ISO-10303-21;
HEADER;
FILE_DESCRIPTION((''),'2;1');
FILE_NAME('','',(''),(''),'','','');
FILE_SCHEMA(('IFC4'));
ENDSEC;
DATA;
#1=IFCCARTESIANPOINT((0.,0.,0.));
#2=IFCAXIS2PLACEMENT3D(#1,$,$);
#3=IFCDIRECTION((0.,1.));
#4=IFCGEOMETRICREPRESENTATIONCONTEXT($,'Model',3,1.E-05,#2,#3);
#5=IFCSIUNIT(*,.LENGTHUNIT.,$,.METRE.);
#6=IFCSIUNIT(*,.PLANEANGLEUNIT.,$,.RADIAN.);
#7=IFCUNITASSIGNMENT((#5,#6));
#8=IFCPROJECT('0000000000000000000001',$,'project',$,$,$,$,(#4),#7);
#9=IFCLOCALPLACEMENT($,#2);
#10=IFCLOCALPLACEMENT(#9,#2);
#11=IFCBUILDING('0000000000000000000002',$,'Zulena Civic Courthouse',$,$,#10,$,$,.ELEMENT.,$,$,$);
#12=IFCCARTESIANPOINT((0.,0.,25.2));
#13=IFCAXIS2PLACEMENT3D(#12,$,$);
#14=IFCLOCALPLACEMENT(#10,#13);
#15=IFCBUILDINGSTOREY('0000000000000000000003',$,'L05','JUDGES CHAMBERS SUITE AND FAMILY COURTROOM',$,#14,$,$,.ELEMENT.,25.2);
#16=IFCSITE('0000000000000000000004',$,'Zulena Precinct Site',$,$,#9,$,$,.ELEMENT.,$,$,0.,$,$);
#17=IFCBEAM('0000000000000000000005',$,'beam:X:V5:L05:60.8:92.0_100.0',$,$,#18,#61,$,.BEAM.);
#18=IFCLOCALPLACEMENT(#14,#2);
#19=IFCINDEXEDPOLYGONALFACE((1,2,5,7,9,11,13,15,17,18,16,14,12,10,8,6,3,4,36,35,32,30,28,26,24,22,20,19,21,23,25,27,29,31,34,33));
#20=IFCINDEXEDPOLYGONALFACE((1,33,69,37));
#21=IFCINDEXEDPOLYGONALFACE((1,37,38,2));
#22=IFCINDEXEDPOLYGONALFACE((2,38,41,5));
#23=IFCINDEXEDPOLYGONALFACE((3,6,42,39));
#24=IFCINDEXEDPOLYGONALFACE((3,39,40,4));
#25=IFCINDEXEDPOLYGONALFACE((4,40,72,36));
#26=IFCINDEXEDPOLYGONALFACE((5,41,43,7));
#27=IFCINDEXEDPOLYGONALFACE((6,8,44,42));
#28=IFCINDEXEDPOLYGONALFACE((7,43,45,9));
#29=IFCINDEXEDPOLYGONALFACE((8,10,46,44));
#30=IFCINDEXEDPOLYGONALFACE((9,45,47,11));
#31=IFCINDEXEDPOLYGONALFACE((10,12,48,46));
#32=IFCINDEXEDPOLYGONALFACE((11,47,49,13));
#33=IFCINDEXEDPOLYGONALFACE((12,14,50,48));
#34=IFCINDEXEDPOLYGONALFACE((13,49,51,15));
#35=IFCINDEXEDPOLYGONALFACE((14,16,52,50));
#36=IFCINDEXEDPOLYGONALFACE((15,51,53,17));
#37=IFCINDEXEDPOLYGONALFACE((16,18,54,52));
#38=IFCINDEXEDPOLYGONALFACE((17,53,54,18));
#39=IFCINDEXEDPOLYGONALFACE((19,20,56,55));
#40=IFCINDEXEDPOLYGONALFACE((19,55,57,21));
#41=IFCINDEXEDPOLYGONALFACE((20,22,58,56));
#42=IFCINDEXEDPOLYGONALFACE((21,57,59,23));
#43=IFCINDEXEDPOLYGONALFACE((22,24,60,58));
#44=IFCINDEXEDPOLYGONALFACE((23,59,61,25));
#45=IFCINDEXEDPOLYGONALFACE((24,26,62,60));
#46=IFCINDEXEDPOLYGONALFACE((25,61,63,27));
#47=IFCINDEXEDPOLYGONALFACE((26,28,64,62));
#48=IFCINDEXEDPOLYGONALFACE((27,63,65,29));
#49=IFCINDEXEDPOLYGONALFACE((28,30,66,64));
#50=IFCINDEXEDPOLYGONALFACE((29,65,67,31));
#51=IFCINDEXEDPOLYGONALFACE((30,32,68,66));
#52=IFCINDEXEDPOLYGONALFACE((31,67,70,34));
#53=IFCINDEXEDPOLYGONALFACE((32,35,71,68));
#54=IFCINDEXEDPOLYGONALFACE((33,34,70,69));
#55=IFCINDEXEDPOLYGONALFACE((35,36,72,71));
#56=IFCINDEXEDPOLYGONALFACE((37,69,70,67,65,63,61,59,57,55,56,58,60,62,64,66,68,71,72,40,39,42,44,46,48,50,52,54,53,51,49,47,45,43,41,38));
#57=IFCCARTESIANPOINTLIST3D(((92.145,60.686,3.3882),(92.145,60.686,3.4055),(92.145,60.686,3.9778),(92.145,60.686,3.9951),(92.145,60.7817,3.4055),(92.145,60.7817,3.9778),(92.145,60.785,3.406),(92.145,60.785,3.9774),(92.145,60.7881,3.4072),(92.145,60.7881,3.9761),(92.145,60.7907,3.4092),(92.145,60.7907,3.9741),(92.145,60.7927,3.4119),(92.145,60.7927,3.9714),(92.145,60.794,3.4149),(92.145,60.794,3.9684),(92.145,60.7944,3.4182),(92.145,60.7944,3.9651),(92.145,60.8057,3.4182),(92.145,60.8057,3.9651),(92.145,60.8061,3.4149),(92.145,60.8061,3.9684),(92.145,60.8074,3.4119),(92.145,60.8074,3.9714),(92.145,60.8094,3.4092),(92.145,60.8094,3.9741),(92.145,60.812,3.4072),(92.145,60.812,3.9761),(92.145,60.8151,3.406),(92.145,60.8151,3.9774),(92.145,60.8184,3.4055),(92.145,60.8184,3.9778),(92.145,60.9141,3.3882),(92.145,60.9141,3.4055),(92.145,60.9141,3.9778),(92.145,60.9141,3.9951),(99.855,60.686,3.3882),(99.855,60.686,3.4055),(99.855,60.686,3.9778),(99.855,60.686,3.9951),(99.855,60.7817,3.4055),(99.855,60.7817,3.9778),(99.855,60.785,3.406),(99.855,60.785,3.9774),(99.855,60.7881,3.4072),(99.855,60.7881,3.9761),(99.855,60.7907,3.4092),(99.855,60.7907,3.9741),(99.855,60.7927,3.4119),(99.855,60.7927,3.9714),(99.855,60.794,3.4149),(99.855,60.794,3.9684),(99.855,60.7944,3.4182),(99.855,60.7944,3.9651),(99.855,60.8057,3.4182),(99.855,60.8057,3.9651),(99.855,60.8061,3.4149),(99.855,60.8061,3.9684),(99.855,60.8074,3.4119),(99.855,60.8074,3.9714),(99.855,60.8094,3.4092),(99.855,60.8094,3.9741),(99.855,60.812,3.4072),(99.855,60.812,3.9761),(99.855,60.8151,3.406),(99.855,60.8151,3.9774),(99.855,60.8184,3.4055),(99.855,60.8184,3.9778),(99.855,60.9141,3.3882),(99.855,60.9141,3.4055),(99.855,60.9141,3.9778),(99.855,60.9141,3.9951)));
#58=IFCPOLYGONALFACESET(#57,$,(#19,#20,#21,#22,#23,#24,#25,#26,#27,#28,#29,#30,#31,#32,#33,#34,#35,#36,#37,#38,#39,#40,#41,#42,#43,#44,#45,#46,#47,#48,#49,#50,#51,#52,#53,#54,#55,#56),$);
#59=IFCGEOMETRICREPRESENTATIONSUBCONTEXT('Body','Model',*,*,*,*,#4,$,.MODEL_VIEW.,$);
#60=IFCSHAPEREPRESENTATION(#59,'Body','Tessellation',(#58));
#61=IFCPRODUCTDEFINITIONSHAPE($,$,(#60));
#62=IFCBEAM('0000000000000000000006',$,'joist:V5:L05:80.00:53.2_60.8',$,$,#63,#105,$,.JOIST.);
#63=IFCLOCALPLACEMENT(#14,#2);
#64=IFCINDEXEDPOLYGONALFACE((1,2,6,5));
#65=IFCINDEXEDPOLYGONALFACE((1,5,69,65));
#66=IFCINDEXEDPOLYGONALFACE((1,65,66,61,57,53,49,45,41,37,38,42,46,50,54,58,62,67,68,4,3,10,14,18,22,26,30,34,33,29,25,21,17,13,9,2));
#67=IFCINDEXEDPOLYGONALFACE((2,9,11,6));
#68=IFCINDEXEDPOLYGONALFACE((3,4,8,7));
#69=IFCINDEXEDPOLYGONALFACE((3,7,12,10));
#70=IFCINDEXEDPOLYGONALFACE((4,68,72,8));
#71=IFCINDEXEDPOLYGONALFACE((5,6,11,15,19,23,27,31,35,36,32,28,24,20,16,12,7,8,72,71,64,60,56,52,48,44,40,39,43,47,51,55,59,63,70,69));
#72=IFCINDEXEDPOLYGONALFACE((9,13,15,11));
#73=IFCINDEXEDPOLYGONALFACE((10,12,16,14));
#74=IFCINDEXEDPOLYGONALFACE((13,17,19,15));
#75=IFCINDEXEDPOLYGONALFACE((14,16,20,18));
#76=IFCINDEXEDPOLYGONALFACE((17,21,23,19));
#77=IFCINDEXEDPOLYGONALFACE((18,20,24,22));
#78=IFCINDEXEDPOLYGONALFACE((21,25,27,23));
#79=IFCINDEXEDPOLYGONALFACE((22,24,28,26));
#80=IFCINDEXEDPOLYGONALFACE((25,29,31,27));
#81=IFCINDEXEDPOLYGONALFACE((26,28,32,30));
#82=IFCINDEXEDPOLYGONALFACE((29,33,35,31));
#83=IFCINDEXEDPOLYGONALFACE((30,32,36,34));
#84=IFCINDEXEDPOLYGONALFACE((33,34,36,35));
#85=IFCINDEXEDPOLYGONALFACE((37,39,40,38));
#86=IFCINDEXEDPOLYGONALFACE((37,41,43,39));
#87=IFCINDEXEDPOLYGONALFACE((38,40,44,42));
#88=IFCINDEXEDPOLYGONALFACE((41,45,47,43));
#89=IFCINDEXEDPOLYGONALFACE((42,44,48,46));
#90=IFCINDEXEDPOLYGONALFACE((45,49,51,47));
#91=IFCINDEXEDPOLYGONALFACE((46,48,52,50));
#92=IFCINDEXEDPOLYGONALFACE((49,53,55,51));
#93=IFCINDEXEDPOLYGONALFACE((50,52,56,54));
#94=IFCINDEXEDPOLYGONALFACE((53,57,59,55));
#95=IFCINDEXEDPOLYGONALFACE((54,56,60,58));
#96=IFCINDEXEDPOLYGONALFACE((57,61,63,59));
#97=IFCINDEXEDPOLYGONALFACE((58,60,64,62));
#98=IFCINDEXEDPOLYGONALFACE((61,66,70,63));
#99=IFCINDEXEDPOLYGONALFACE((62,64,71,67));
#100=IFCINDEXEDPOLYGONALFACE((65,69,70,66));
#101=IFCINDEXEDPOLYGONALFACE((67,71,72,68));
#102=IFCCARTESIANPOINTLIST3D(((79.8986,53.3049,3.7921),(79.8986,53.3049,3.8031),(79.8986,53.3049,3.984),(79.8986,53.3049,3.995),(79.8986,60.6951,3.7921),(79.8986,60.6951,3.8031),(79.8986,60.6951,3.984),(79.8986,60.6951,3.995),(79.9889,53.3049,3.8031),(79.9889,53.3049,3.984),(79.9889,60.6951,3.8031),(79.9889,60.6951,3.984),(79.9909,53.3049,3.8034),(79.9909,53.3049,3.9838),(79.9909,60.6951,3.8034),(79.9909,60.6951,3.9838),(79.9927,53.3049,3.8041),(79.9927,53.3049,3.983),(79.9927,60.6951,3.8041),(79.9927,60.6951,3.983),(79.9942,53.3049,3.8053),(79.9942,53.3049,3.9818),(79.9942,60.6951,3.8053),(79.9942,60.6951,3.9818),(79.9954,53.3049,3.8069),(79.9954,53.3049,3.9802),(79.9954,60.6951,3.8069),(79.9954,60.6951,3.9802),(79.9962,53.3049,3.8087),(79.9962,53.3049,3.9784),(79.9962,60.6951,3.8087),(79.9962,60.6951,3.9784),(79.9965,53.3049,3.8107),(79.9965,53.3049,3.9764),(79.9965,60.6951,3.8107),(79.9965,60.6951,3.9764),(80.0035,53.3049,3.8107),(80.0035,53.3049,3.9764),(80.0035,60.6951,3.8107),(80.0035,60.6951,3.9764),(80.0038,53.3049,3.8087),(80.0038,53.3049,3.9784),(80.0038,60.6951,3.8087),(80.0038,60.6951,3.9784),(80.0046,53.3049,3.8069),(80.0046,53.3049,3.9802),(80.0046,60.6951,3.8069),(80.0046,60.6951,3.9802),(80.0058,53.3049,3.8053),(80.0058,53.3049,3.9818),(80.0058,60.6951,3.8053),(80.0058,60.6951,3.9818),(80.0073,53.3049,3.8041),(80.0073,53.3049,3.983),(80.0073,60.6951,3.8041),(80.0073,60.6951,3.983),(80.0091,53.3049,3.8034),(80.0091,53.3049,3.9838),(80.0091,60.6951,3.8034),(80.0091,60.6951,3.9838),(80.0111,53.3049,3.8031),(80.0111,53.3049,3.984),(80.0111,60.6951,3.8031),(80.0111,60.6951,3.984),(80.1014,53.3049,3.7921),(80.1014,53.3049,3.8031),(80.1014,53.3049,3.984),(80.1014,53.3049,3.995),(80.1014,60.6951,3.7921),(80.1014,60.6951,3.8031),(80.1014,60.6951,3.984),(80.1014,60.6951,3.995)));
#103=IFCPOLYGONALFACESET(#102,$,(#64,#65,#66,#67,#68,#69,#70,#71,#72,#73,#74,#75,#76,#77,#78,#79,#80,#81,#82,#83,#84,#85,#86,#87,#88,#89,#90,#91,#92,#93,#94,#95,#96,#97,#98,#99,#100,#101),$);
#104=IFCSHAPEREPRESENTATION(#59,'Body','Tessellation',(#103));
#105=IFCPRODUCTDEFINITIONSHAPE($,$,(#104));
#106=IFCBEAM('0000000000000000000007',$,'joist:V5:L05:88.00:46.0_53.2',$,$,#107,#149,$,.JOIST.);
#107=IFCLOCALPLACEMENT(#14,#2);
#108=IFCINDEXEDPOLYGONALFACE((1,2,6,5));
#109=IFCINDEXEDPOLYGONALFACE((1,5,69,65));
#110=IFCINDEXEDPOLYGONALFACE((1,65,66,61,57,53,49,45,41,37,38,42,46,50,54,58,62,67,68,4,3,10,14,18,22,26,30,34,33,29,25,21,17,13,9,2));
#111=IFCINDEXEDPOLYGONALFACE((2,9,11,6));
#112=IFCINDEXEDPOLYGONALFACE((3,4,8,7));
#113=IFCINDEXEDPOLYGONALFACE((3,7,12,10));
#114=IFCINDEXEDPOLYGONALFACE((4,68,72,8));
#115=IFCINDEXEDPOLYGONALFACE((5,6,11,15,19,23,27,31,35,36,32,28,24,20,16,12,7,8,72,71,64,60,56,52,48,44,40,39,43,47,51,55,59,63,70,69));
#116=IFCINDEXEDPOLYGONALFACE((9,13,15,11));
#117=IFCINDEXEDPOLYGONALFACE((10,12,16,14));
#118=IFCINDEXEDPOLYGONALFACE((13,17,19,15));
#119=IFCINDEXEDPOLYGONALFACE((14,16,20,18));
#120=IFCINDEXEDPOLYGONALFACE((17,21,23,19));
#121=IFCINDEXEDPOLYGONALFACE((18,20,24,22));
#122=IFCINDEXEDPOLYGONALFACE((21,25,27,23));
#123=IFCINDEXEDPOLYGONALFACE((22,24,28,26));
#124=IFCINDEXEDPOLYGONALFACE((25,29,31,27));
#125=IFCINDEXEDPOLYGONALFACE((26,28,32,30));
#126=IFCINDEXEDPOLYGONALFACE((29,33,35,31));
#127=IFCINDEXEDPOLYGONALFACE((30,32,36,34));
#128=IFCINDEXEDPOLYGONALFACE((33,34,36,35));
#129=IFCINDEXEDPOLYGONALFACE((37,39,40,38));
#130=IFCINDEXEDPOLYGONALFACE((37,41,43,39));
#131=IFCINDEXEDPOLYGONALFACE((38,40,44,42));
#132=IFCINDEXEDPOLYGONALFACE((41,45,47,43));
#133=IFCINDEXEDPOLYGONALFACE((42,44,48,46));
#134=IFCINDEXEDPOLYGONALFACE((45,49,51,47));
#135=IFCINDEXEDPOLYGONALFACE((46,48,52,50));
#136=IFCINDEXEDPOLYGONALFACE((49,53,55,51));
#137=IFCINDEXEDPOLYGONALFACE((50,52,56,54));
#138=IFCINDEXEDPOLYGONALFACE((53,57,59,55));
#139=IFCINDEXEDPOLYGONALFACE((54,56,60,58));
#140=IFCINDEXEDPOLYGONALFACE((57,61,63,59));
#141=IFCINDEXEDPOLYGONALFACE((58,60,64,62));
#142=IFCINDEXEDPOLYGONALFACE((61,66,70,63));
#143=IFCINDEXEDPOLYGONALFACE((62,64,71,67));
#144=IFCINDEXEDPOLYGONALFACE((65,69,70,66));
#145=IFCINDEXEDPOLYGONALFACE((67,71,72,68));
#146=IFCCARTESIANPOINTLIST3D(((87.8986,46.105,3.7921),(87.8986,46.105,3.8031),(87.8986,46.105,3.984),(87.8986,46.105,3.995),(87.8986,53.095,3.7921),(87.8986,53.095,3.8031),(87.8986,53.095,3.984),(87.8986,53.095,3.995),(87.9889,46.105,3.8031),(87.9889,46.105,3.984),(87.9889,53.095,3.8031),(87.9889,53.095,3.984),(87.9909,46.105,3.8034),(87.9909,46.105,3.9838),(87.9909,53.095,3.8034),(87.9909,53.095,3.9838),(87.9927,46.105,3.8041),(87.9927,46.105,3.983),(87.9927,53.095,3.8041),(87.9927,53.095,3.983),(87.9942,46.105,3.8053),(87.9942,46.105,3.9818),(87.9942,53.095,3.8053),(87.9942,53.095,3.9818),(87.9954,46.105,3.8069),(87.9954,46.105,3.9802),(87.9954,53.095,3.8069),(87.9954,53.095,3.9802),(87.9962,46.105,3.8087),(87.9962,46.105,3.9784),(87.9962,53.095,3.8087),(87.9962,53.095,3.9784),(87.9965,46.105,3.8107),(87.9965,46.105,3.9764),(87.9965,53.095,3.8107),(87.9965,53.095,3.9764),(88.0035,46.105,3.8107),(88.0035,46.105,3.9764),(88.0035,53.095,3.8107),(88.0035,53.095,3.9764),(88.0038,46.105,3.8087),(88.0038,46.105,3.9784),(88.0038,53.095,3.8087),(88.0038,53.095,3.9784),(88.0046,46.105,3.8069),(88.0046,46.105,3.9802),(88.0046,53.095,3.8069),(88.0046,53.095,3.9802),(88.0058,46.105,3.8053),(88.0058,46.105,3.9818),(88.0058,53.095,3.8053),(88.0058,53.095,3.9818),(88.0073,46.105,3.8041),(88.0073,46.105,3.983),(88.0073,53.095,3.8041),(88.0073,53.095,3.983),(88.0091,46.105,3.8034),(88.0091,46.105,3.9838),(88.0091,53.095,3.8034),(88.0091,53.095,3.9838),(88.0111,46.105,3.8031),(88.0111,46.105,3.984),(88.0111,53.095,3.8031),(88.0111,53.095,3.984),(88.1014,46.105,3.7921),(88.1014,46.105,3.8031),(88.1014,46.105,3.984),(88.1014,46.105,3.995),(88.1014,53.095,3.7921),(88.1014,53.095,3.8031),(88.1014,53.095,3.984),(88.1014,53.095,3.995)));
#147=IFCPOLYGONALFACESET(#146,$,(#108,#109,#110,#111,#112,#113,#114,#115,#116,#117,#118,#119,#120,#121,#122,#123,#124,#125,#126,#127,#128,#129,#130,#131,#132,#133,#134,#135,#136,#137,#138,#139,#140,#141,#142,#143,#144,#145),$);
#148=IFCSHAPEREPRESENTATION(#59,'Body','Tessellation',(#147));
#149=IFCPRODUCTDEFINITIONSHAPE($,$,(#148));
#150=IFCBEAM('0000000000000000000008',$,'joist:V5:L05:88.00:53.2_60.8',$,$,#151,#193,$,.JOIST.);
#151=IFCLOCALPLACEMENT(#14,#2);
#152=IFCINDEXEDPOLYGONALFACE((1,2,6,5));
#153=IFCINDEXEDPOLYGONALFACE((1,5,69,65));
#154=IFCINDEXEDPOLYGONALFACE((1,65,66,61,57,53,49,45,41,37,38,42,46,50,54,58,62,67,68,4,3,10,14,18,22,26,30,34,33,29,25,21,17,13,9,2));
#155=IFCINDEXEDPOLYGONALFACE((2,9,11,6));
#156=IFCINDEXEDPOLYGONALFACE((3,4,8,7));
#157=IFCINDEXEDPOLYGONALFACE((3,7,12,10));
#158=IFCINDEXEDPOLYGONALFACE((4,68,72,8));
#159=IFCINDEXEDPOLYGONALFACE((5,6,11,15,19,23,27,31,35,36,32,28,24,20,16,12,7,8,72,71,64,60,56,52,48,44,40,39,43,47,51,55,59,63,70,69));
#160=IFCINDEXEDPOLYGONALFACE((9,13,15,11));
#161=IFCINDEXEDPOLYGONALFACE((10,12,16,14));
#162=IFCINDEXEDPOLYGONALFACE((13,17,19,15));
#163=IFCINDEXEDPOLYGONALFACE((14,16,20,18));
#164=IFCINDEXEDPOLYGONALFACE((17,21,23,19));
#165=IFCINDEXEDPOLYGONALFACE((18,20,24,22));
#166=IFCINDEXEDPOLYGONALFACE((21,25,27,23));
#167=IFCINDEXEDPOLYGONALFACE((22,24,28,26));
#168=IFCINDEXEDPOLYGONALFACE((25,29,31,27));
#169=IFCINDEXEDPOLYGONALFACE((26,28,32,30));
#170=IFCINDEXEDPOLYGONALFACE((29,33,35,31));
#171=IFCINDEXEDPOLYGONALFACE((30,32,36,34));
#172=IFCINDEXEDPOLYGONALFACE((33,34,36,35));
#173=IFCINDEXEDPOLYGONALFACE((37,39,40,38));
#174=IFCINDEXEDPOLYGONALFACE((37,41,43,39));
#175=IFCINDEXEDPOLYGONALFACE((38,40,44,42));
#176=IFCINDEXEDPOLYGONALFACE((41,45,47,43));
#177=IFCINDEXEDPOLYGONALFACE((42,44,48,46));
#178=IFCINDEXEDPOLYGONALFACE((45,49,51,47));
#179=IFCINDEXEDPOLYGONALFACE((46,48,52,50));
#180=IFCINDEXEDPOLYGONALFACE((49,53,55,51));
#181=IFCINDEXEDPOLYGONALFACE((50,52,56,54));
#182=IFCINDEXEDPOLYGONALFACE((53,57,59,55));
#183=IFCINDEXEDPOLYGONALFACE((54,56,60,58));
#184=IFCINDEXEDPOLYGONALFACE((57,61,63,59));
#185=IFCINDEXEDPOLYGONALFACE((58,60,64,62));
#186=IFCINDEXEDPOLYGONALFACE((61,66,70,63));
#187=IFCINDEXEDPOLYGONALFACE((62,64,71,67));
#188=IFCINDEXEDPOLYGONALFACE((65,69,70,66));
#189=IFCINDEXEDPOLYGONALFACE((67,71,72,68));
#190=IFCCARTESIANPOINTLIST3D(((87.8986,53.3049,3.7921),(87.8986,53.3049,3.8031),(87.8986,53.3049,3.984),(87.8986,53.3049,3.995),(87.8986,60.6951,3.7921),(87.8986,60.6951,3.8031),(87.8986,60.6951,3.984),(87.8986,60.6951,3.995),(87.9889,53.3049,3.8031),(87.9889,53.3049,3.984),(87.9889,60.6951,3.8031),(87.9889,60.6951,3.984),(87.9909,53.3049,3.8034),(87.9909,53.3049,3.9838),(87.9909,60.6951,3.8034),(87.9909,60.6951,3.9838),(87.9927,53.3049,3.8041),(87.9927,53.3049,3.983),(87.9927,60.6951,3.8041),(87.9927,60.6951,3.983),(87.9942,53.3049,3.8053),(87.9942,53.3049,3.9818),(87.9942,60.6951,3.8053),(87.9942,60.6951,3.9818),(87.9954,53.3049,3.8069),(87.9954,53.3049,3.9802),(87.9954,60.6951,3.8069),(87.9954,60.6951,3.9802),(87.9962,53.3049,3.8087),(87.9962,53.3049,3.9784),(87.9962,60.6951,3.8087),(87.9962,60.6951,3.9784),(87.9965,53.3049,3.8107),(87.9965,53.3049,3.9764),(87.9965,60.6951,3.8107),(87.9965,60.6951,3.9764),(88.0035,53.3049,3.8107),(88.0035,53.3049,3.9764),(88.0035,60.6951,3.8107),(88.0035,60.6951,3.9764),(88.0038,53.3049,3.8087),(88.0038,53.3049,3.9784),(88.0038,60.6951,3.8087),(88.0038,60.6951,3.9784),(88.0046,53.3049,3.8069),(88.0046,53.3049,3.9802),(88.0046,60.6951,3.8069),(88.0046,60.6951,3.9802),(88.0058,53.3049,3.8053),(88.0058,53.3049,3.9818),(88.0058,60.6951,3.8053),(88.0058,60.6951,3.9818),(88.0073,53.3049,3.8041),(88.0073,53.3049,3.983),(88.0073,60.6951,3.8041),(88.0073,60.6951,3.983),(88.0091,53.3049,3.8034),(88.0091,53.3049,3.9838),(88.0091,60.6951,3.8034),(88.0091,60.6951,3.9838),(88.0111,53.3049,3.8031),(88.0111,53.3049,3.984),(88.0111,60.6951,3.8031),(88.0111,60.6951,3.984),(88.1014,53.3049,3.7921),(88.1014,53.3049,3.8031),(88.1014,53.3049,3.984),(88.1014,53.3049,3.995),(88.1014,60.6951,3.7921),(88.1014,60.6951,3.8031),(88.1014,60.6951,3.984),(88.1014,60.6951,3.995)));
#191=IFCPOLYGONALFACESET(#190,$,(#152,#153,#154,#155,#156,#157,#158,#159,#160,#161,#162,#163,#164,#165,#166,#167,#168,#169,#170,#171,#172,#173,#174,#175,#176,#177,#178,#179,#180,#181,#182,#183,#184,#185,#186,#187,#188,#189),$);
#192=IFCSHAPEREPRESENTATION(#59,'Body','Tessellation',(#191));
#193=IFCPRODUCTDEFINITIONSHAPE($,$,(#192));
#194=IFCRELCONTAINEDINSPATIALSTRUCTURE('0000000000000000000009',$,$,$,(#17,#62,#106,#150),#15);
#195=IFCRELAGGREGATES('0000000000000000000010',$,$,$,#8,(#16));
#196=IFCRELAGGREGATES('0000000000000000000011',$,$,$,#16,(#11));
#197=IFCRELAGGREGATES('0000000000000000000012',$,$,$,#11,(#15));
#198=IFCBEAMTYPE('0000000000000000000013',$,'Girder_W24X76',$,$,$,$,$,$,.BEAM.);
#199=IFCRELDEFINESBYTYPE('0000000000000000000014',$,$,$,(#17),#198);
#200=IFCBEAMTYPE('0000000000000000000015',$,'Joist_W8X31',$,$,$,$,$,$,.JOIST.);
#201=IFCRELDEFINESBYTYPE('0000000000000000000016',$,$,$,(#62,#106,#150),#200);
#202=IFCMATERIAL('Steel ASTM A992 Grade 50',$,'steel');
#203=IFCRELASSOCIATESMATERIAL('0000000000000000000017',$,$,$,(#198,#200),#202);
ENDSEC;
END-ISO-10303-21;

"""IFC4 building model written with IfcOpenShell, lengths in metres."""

from ifc_helpers import new_model, si_unit, direction, frame, origin, origin_2d, place, context, subcontext, project, spatial, i_section, extrude, material, material_profile, profile_set, type_object, element, save


model = new_model("IFC4")

# Units and contexts
model_context = context("Model", 3, precision=1e-05, world=origin(), true_north=direction((0.0, 1.0)))
body_context = subcontext(model_context, "Body", "Model", "MODEL_VIEW")
ifc_project = project(units=[si_unit("LENGTHUNIT", "METRE"), si_unit("PLANEANGLEUNIT", "RADIAN")], contexts=[model_context])

# Site, building, storey
site_placement = place(None, origin())
site = spatial("IfcSite", under=ifc_project, at=site_placement, Name="Zulena Precinct Site", CompositionType="ELEMENT", RefElevation=0.0)
building_placement = place(site_placement, origin())
building = spatial("IfcBuilding", under=site, at=building_placement, Name="Zulena Civic Courthouse", CompositionType="ELEMENT")
storey_placement = place(building_placement, frame((0.0, 0.0, 25.2)))
storey = spatial("IfcBuildingStorey", under=building, at=storey_placement, Name="L05", Description="JUDGES CHAMBERS SUITE AND FAMILY COURTROOM", CompositionType="ELEMENT", Elevation=25.2)

# Shared definitions
ifc_material_1 = material(Name="Steel ASTM A992 Grade 50", Category="steel")

# Beams
ifc_material_profile_1 = material_profile(ifc_material_1, i_section(OverallWidth=0.228, OverallDepth=0.6069, WebThickness=0.0112, FlangeThickness=0.0173, FilletRadius=0.0127, at=origin_2d()), Name="W24X76")
ifc_profile_set_1 = profile_set([ifc_material_profile_1], Name="Steel ASTM A992 Grade 50")
beam_type_1 = type_object("IfcBeamType", Name="Girder_W24X76", PredefinedType="BEAM", material=ifc_profile_set_1)
for number, where, z_axis, x_axis, name in (
    (1, (92.145, 60.8, 3.6917), (1.0, 0.0, 0.0), (0.0, 1.0, 0.0), "beam:X:V5:L05:60.8:92.0_100.0"),
):
    element("IfcBeam", number, at=place(storey_placement, frame(where, z_axis=z_axis, x_axis=x_axis)), inside=storey, type_object=beam_type_1, Name=name, PredefinedType="BEAM", context=body_context, shape_type="SweptSolid", body=[
        extrude(i_section(OverallWidth=0.228, OverallDepth=0.6069, WebThickness=0.0112, FlangeThickness=0.0173, FilletRadius=0.0127, at=origin_2d()), origin(), (0.0, 0.0, 1.0), 7.71),
    ])
ifc_material_profile_2 = material_profile(ifc_material_1, i_section(OverallWidth=0.2029, OverallDepth=0.2029, WebThickness=0.0071, FlangeThickness=0.011, FilletRadius=0.0076, at=origin_2d()), Name="W8X31")
ifc_profile_set_2 = profile_set([ifc_material_profile_2], Name="Steel ASTM A992 Grade 50")
beam_type_2 = type_object("IfcBeamType", Name="Joist_W8X31", PredefinedType="JOIST", material=ifc_profile_set_2)
beam_1_placement = place(storey_placement, frame((80.0, 53.3049, 3.8936), z_axis=(0.0, 1.0, 0.0), x_axis=(-1.0, 0.0, 0.0)))
element("IfcBeam", 2, at=beam_1_placement, inside=storey, type_object=beam_type_2, Name="joist:V5:L05:80.00:53.2_60.8", PredefinedType="JOIST", context=body_context, shape_type="SweptSolid", body=[
    extrude(i_section(OverallWidth=0.2029, OverallDepth=0.2029, WebThickness=0.0071, FlangeThickness=0.011, FilletRadius=0.0076, at=origin_2d()), origin(), (0.0, 0.0, 1.0), 7.3901),
])
beam_2_placement = place(storey_placement, frame((88.0, 46.105, 3.8936), z_axis=(0.0, 1.0, 0.0), x_axis=(-1.0, 0.0, 0.0)))
element("IfcBeam", 3, at=beam_2_placement, inside=storey, type_object=beam_type_2, Name="joist:V5:L05:88.00:46.0_53.2", PredefinedType="JOIST", context=body_context, shape_type="SweptSolid", body=[
    extrude(i_section(OverallWidth=0.2029, OverallDepth=0.2029, WebThickness=0.0071, FlangeThickness=0.011, FilletRadius=0.0076, at=origin_2d()), origin(), (0.0, 0.0, 1.0), 6.99),
])
beam_3_placement = place(storey_placement, frame((88.0, 53.3049, 3.8936), z_axis=(0.0, 1.0, 0.0), x_axis=(-1.0, 0.0, 0.0)))
element("IfcBeam", 4, at=beam_3_placement, inside=storey, type_object=beam_type_2, Name="joist:V5:L05:88.00:53.2_60.8", PredefinedType="JOIST", context=body_context, shape_type="SweptSolid", body=[
    extrude(i_section(OverallWidth=0.2029, OverallDepth=0.2029, WebThickness=0.0071, FlangeThickness=0.011, FilletRadius=0.0076, at=origin_2d()), origin(), (0.0, 0.0, 1.0), 7.3901),
])

save(model, "model.ifc")
